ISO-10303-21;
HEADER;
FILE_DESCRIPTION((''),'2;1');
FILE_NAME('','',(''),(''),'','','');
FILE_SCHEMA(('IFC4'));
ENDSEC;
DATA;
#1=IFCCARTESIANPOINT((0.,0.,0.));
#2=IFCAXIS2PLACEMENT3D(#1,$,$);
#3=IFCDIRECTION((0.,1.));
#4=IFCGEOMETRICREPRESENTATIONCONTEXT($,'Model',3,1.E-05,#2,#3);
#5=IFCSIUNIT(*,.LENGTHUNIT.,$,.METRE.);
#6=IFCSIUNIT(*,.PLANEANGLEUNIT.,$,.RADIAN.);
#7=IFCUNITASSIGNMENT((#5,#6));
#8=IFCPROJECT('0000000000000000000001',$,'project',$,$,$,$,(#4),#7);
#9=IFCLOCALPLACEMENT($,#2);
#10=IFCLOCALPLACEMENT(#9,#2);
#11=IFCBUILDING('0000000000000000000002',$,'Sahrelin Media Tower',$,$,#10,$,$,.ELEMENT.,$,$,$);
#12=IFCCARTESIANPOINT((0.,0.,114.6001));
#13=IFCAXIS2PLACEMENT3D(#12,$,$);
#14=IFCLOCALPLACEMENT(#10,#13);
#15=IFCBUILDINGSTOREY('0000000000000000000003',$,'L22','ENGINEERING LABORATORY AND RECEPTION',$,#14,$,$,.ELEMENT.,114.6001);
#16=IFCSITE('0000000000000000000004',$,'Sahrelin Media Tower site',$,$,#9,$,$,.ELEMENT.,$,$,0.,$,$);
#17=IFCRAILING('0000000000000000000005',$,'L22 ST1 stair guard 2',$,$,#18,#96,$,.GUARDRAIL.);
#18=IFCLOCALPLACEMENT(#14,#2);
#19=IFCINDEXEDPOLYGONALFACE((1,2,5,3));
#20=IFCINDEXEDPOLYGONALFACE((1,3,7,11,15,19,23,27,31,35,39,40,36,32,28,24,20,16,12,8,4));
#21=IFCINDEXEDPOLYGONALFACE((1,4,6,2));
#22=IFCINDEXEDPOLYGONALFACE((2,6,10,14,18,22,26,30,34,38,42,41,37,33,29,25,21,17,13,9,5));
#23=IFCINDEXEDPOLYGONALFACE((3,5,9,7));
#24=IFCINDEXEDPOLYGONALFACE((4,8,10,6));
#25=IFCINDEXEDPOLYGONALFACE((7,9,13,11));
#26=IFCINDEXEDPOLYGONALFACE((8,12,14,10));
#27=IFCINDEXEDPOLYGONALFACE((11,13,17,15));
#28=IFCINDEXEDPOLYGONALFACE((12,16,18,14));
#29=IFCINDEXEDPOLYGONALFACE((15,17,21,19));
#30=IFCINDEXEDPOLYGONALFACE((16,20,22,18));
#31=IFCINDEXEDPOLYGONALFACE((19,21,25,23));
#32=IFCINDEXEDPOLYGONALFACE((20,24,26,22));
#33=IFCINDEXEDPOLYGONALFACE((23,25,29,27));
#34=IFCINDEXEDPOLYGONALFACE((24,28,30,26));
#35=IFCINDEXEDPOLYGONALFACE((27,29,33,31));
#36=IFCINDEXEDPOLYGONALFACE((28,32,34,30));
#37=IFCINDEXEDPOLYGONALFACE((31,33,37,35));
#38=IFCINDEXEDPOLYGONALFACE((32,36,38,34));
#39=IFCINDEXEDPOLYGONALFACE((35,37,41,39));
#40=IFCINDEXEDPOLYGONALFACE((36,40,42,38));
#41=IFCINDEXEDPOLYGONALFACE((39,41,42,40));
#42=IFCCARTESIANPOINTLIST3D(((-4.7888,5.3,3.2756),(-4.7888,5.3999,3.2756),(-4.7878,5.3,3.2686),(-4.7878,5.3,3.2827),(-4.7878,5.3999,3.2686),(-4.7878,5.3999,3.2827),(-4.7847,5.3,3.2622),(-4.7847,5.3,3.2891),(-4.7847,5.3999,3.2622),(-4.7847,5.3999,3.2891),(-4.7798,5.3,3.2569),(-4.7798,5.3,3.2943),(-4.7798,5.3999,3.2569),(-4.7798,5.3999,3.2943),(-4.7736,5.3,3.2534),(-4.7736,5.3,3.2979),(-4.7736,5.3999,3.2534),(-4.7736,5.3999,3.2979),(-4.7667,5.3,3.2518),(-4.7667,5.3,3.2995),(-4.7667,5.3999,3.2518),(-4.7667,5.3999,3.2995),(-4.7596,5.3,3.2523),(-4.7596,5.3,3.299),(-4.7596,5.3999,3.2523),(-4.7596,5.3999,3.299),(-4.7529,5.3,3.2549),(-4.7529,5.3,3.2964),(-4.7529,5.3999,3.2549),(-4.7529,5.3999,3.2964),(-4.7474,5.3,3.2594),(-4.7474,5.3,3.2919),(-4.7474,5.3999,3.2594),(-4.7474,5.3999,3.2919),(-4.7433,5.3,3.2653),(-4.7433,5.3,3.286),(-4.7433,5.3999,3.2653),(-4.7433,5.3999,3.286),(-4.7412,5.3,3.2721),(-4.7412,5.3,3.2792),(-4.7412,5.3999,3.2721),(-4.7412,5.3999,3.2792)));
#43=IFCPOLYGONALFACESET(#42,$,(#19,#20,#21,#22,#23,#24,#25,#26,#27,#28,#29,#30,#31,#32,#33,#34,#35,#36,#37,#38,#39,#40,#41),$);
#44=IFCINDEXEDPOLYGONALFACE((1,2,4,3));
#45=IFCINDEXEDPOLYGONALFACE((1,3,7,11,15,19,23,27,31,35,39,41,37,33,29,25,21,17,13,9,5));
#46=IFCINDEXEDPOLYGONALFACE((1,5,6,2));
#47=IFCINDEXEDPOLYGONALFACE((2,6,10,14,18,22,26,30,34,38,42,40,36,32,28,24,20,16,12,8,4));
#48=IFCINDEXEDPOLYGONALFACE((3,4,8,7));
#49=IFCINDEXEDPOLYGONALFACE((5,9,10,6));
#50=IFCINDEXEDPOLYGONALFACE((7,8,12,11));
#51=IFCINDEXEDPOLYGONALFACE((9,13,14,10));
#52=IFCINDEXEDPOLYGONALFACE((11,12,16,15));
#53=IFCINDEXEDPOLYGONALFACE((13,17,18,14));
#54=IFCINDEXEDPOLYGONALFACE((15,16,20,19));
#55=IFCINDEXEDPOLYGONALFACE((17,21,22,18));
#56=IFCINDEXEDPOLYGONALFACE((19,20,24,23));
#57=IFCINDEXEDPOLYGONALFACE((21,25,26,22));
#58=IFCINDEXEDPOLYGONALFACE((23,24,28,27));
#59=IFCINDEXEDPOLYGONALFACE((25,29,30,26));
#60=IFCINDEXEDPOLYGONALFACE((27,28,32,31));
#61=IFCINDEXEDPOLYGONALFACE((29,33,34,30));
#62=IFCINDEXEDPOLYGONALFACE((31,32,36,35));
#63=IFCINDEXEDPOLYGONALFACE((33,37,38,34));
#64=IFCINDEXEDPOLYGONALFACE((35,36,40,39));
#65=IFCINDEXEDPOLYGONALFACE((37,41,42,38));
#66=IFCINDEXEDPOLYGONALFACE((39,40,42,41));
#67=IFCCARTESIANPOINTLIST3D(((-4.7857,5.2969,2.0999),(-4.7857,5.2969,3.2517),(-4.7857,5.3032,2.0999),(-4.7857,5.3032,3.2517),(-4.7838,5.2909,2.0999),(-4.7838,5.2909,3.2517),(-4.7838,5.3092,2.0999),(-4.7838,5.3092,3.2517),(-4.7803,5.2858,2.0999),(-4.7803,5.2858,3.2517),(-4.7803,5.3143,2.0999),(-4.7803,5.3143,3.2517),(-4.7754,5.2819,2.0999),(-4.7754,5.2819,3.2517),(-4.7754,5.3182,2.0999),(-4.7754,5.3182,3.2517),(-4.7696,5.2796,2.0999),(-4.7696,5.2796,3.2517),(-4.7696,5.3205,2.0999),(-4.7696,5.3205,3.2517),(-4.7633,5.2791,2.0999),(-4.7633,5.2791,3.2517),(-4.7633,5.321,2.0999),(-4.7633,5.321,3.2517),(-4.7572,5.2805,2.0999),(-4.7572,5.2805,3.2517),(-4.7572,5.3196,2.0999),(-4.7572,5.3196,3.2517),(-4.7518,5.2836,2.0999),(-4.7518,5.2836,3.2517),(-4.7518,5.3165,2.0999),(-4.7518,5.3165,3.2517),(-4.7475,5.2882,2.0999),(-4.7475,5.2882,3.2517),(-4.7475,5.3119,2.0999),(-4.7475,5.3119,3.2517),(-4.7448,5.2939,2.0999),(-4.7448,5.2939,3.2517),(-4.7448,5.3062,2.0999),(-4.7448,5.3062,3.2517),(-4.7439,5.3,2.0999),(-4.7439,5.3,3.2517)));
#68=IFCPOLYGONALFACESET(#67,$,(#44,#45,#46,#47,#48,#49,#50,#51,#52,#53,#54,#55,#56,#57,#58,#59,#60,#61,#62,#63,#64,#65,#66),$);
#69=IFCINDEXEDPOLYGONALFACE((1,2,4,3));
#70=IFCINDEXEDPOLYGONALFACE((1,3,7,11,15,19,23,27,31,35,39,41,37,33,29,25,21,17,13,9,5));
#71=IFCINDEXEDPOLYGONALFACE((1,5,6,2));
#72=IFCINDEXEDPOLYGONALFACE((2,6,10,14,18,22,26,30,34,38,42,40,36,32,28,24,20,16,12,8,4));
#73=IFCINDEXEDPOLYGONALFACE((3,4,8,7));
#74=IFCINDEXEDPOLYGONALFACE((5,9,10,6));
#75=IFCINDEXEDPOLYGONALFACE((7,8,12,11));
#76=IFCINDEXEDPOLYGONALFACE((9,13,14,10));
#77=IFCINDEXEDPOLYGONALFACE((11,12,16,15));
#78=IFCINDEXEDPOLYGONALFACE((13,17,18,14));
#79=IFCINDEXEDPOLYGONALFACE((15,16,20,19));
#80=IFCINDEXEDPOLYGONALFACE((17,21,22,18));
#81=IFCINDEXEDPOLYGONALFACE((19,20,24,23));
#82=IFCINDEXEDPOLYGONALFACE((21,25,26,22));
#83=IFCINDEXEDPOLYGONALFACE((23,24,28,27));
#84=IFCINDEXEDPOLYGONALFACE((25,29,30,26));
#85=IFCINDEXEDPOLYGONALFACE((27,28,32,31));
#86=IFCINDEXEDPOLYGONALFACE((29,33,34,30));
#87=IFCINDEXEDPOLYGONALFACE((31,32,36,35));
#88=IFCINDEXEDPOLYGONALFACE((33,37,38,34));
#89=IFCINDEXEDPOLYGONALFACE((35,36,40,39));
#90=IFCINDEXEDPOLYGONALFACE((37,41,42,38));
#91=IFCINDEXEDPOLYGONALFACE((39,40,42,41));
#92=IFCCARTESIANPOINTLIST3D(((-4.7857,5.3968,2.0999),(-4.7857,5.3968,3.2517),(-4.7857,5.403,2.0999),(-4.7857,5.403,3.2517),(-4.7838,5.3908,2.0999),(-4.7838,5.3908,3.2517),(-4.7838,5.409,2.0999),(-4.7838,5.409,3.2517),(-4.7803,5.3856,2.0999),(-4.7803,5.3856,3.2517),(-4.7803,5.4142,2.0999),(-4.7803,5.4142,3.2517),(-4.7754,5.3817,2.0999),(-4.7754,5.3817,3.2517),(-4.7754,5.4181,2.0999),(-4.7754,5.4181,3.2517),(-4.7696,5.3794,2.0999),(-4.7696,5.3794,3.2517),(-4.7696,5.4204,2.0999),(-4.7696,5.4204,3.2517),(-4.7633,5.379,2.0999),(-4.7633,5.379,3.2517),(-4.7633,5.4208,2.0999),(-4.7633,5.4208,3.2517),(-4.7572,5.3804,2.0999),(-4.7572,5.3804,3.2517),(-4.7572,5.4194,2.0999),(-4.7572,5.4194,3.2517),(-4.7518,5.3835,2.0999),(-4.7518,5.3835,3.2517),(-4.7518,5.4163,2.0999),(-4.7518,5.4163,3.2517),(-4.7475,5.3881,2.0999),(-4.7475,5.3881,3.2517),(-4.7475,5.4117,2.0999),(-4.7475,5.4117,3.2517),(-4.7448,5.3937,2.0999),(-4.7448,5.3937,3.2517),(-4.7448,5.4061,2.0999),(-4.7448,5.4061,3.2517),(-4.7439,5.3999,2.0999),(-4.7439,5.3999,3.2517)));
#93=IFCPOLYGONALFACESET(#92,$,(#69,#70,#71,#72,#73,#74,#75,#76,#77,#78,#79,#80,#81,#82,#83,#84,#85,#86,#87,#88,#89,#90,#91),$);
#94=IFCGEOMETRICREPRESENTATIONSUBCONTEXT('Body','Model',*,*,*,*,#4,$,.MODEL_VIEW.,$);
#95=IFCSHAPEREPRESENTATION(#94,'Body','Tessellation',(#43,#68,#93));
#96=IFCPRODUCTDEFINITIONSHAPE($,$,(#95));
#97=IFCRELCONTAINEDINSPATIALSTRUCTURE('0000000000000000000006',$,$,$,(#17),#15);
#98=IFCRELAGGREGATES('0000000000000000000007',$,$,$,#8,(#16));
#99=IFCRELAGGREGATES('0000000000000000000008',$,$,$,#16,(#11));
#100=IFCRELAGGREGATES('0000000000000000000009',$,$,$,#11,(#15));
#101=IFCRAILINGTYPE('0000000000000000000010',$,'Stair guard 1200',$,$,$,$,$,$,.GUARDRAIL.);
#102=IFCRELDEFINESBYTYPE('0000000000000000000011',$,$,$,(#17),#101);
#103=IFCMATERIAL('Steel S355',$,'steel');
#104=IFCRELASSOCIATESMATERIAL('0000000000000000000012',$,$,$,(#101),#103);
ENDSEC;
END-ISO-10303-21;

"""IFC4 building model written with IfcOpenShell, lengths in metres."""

from ifc_helpers import new_model, si_unit, direction, frame, origin, origin_2d, place, context, subcontext, project, spatial, circle, extrude, material, type_object, element, save


model = new_model("IFC4")

# Units and contexts
model_context = context("Model", 3, precision=1e-05, world=origin(), true_north=direction((0.0, 1.0)))
body_context = subcontext(model_context, "Body", "Model", "MODEL_VIEW")
ifc_project = project(units=[si_unit("LENGTHUNIT", "METRE"), si_unit("PLANEANGLEUNIT", "RADIAN")], contexts=[model_context])

# Site, building, storey
site_placement = place(None, origin())
site = spatial("IfcSite", under=ifc_project, at=site_placement, Name="Sahrelin Media Tower site", CompositionType="ELEMENT", RefElevation=0.0)
building_placement = place(site_placement, origin())
building = spatial("IfcBuilding", under=site, at=building_placement, Name="Sahrelin Media Tower", CompositionType="ELEMENT")
storey_placement = place(building_placement, frame((0.0, 0.0, 114.6001)))
storey = spatial("IfcBuildingStorey", under=building, at=storey_placement, Name="L22", Description="ENGINEERING LABORATORY AND RECEPTION", CompositionType="ELEMENT", Elevation=114.6001)

# Shared definitions
ifc_material_1 = material(Name="Steel S355", Category="steel")

# Railing
railing_type_1 = type_object("IfcRailingType", Name="Stair guard 1200", PredefinedType="GUARDRAIL", material=ifc_material_1)
railing_1_placement = place(storey_placement, frame((-4.7649, 5.3, 2.0999)))
element("IfcRailing", 1, at=railing_1_placement, inside=storey, type_object=railing_type_1, Name="L22 ST1 stair guard 2", PredefinedType="GUARDRAIL", context=body_context, shape_type="SweptSolid", body=[
    extrude(circle(Radius=0.0239, at=origin_2d()), frame((0.0, 0.0, 1.1758), z_axis=(0.0, 1.0, 0.0), x_axis=(-1.0, 0.0, 0.0)), (0.0, 0.0, 1.0), 0.0999),
    extrude(circle(Radius=0.021, at=origin_2d()), origin(), (0.0, 0.0, 1.0), 1.1519),
    extrude(circle(Radius=0.021, at=origin_2d()), frame((0.0, 0.0999, 0.0)), (0.0, 0.0, 1.0), 1.1519),
])

save(model, "model.ifc")
